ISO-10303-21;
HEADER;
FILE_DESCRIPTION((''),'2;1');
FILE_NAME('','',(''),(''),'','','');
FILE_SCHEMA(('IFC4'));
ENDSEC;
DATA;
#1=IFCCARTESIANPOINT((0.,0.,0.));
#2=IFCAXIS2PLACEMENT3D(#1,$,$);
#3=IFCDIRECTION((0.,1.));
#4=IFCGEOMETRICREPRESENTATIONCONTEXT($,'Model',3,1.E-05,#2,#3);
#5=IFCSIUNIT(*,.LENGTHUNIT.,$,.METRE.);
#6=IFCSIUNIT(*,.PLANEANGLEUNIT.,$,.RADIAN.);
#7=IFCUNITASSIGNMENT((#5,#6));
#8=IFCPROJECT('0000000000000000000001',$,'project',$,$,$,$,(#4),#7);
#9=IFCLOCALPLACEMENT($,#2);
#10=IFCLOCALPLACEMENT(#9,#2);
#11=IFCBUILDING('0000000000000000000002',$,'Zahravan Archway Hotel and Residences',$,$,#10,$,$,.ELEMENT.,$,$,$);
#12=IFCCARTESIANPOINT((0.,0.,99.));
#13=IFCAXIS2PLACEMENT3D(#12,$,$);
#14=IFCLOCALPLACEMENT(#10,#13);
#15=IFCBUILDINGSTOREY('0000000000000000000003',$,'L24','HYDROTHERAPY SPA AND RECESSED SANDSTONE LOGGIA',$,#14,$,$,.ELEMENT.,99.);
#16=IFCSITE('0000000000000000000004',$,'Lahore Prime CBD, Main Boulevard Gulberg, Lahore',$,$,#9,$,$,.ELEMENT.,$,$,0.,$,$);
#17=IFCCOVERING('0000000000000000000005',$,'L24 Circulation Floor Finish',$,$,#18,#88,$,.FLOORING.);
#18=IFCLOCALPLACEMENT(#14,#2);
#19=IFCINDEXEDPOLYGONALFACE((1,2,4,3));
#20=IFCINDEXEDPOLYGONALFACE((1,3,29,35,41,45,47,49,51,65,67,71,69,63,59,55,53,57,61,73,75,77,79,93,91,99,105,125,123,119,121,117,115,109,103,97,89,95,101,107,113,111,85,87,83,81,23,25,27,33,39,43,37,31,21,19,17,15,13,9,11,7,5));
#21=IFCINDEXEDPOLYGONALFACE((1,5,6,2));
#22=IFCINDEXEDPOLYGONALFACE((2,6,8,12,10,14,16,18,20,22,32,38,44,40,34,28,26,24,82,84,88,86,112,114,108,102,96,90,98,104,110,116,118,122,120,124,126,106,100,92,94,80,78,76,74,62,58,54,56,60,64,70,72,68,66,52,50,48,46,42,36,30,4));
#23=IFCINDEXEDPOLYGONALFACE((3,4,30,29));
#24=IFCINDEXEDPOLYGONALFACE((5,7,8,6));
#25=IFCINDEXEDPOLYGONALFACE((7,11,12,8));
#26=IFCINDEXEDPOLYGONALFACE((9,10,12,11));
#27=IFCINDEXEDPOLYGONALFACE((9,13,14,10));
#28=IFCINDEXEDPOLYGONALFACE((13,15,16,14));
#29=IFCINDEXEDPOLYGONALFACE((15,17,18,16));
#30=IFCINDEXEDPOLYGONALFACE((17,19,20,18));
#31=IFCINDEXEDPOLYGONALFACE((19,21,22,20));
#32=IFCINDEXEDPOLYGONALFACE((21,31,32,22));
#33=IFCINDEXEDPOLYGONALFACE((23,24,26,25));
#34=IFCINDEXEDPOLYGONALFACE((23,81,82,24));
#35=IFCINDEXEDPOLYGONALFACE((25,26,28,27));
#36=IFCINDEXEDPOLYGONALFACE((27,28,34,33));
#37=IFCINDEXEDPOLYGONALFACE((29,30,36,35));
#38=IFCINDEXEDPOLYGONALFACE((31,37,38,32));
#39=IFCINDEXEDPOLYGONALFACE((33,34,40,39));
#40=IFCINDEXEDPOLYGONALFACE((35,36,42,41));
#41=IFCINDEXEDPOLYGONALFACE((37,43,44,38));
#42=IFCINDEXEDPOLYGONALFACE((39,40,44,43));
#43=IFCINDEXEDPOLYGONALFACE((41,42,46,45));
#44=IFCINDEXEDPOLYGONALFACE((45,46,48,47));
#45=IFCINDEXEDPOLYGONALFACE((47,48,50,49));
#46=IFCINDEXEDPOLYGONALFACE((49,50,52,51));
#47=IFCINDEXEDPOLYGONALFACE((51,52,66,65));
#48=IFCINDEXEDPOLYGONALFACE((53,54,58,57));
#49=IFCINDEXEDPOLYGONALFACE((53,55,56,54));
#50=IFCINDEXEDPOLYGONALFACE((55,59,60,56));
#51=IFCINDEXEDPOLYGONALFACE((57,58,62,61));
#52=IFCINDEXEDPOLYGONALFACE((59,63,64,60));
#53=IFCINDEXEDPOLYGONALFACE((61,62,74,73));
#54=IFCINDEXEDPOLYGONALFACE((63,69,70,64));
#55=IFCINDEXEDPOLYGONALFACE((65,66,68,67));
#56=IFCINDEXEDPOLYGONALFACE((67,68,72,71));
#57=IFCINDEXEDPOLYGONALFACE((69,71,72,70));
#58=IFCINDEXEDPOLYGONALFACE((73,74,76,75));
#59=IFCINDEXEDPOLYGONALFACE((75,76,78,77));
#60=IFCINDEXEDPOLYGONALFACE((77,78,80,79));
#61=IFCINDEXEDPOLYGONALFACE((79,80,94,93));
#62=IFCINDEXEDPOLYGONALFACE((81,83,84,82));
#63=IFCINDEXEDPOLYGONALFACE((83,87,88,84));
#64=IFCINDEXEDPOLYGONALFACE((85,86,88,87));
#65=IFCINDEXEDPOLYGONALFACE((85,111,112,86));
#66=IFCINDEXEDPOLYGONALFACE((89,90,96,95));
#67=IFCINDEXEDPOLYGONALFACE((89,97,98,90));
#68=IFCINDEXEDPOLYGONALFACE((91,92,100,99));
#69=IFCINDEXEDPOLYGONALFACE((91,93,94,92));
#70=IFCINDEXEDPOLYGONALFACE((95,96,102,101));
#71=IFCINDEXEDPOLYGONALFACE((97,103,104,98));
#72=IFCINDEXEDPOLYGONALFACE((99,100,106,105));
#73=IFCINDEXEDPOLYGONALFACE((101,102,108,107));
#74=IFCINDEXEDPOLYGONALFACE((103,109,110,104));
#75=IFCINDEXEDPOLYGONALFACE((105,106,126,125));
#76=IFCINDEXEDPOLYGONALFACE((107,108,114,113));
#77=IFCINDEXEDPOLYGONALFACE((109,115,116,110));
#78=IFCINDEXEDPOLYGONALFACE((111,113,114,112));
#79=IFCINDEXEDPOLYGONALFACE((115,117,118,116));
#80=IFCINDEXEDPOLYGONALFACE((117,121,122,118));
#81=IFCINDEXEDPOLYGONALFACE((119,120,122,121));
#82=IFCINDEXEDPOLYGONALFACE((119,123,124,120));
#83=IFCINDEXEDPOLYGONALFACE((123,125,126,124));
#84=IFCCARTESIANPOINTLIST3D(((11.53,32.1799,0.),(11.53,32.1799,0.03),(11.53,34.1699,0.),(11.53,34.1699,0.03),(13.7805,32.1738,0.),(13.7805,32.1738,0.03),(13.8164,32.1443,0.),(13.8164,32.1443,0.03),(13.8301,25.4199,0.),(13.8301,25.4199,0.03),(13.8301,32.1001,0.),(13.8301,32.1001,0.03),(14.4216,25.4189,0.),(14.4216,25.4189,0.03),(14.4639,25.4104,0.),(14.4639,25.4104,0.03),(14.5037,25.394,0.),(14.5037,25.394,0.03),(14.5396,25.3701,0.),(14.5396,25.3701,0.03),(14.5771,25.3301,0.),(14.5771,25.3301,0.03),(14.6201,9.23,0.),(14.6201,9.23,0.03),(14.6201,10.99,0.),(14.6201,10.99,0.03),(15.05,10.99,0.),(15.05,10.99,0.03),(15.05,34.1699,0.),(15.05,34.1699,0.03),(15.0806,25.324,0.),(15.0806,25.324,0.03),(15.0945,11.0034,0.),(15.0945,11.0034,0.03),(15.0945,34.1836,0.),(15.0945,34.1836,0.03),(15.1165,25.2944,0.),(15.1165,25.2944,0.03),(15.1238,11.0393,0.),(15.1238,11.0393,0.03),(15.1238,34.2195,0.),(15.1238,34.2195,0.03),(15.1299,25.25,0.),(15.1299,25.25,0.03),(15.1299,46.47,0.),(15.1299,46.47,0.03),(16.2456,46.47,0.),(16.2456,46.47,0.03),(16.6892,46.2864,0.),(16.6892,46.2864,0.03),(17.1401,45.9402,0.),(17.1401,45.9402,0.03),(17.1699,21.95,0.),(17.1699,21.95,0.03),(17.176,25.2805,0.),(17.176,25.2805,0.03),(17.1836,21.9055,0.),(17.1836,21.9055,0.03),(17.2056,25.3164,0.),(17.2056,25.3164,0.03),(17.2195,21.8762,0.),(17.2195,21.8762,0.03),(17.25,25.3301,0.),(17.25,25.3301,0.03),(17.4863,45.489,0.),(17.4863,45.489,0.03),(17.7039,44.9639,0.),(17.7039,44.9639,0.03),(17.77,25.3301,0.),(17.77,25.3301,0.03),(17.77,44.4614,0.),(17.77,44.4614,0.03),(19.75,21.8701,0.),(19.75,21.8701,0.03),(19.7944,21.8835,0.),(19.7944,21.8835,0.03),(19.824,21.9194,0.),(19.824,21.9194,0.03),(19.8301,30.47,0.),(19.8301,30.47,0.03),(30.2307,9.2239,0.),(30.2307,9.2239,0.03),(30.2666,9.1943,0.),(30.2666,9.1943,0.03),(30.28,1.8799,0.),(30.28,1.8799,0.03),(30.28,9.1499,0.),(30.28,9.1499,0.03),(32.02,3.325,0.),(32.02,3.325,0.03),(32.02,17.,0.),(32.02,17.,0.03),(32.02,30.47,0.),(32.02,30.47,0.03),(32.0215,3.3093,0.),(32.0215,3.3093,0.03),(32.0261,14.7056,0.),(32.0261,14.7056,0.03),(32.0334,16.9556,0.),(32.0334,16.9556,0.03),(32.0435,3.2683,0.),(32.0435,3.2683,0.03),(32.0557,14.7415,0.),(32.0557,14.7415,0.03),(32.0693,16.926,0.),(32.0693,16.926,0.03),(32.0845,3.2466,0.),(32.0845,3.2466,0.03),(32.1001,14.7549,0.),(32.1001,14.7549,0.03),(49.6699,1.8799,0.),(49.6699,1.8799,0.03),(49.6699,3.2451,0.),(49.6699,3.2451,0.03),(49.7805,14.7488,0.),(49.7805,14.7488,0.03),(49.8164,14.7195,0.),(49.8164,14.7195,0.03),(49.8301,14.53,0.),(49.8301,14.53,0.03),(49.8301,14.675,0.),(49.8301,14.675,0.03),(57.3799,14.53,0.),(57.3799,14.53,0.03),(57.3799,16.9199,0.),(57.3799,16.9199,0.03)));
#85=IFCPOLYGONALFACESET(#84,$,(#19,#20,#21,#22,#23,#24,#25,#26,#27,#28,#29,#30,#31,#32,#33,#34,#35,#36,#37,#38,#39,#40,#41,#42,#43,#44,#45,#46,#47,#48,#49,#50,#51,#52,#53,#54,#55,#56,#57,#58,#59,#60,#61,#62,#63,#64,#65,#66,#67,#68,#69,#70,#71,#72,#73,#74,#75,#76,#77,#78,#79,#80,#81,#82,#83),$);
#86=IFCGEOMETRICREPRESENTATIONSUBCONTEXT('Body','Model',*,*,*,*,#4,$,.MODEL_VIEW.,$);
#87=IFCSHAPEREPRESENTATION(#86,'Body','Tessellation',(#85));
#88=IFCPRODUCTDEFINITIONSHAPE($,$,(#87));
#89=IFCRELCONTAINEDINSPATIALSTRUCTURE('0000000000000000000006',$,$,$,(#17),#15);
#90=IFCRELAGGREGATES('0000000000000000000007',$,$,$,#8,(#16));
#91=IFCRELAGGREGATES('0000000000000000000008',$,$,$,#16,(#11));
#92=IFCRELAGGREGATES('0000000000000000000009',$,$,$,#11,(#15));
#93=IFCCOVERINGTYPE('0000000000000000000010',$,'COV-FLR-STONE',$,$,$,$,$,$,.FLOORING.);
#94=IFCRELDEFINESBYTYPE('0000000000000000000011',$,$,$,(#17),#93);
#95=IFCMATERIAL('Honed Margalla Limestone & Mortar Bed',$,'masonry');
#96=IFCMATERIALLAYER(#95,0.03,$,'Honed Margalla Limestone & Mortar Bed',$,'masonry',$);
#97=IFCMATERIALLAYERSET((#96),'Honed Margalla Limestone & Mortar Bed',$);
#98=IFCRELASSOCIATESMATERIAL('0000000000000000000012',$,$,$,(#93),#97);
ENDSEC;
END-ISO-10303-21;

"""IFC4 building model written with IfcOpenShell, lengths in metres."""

from ifc_helpers import new_model, si_unit, direction, frame, origin, place, context, subcontext, project, spatial, polyline, outline, extrude, material, layer, layer_set, type_object, element, save


model = new_model("IFC4")

# Units and contexts
model_context = context("Model", 3, precision=1e-05, world=origin(), true_north=direction((0.0, 1.0)))
body_context = subcontext(model_context, "Body", "Model", "MODEL_VIEW")
ifc_project = project(units=[si_unit("LENGTHUNIT", "METRE"), si_unit("PLANEANGLEUNIT", "RADIAN")], contexts=[model_context])

# Site, building, storey
site_placement = place(None, origin())
site = spatial("IfcSite", under=ifc_project, at=site_placement, Name="Lahore Prime CBD, Main Boulevard Gulberg, Lahore", CompositionType="ELEMENT", RefElevation=0.0)
building_placement = place(site_placement, origin())
building = spatial("IfcBuilding", under=site, at=building_placement, Name="Zahravan Archway Hotel and Residences", CompositionType="ELEMENT")
storey_placement = place(building_placement, frame((0.0, 0.0, 99.0)))
storey = spatial("IfcBuildingStorey", under=building, at=storey_placement, Name="L24", Description="HYDROTHERAPY SPA AND RECESSED SANDSTONE LOGGIA", CompositionType="ELEMENT", Elevation=99.0)

# Covering
ifc_material_1 = material(Name="Honed Margalla Limestone & Mortar Bed", Category="masonry")
ifc_layer_1 = layer(ifc_material_1, 0.03, Name="Honed Margalla Limestone & Mortar Bed", Category="masonry")
ifc_layer_set_1 = layer_set([ifc_layer_1], Name="Honed Margalla Limestone & Mortar Bed")
covering_type_1 = type_object("IfcCoveringType", Name="COV-FLR-STONE", PredefinedType="FLOORING", material=ifc_layer_set_1)
covering_1_placement = place(storey_placement, origin())
element("IfcCovering", 1, at=covering_1_placement, inside=storey, type_object=covering_type_1, Name="L24 Circulation Floor Finish", PredefinedType="FLOORING", context=body_context, shape_type="SweptSolid", body=[
    extrude(outline(polyline([(32.0215, 3.3093), (32.0435, 3.2683), (32.0845, 3.2466), (49.6699, 3.2451), (49.6699, 1.8799), (30.28, 1.8799), (30.28, 9.1499), (30.2666, 9.1943), (30.2307, 9.2239), (14.6201, 9.23), (14.6201, 10.99), (15.05, 10.99), (15.0945, 11.0034), (15.1238, 11.0393), (15.1299, 25.25), (15.1165, 25.2944), (15.0806, 25.324), (14.5771, 25.3301), (14.5396, 25.3701), (14.5037, 25.394), (14.4639, 25.4104), (14.4216, 25.4189), (13.8301, 25.4199), (13.8301, 32.1001), (13.8164, 32.1443), (13.7805, 32.1738), (11.53, 32.1799), (11.53, 34.1699), (15.05, 34.1699), (15.0945, 34.1836), (15.1238, 34.2195), (15.1299, 46.47), (16.2456, 46.47), (16.6892, 46.2864), (17.1401, 45.9402), (17.4863, 45.489), (17.7039, 44.9639), (17.77, 44.4614), (17.77, 25.3301), (17.25, 25.3301), (17.2056, 25.3164), (17.176, 25.2805), (17.1699, 21.95), (17.1836, 21.9055), (17.2195, 21.8762), (19.75, 21.8701), (19.7944, 21.8835), (19.824, 21.9194), (19.8301, 30.47), (32.02, 30.47), (32.02, 17.0), (32.0334, 16.9556), (32.0693, 16.926), (57.3799, 16.9199), (57.3799, 14.53), (49.8301, 14.53), (49.8301, 14.675), (49.8164, 14.7195), (49.7805, 14.7488), (32.1001, 14.7549), (32.0557, 14.7415), (32.0261, 14.7056), (32.02, 3.325), (32.0215, 3.3093)])), origin(), (0.0, 0.0, 1.0), 0.03),
])

save(model, "model.ifc")
